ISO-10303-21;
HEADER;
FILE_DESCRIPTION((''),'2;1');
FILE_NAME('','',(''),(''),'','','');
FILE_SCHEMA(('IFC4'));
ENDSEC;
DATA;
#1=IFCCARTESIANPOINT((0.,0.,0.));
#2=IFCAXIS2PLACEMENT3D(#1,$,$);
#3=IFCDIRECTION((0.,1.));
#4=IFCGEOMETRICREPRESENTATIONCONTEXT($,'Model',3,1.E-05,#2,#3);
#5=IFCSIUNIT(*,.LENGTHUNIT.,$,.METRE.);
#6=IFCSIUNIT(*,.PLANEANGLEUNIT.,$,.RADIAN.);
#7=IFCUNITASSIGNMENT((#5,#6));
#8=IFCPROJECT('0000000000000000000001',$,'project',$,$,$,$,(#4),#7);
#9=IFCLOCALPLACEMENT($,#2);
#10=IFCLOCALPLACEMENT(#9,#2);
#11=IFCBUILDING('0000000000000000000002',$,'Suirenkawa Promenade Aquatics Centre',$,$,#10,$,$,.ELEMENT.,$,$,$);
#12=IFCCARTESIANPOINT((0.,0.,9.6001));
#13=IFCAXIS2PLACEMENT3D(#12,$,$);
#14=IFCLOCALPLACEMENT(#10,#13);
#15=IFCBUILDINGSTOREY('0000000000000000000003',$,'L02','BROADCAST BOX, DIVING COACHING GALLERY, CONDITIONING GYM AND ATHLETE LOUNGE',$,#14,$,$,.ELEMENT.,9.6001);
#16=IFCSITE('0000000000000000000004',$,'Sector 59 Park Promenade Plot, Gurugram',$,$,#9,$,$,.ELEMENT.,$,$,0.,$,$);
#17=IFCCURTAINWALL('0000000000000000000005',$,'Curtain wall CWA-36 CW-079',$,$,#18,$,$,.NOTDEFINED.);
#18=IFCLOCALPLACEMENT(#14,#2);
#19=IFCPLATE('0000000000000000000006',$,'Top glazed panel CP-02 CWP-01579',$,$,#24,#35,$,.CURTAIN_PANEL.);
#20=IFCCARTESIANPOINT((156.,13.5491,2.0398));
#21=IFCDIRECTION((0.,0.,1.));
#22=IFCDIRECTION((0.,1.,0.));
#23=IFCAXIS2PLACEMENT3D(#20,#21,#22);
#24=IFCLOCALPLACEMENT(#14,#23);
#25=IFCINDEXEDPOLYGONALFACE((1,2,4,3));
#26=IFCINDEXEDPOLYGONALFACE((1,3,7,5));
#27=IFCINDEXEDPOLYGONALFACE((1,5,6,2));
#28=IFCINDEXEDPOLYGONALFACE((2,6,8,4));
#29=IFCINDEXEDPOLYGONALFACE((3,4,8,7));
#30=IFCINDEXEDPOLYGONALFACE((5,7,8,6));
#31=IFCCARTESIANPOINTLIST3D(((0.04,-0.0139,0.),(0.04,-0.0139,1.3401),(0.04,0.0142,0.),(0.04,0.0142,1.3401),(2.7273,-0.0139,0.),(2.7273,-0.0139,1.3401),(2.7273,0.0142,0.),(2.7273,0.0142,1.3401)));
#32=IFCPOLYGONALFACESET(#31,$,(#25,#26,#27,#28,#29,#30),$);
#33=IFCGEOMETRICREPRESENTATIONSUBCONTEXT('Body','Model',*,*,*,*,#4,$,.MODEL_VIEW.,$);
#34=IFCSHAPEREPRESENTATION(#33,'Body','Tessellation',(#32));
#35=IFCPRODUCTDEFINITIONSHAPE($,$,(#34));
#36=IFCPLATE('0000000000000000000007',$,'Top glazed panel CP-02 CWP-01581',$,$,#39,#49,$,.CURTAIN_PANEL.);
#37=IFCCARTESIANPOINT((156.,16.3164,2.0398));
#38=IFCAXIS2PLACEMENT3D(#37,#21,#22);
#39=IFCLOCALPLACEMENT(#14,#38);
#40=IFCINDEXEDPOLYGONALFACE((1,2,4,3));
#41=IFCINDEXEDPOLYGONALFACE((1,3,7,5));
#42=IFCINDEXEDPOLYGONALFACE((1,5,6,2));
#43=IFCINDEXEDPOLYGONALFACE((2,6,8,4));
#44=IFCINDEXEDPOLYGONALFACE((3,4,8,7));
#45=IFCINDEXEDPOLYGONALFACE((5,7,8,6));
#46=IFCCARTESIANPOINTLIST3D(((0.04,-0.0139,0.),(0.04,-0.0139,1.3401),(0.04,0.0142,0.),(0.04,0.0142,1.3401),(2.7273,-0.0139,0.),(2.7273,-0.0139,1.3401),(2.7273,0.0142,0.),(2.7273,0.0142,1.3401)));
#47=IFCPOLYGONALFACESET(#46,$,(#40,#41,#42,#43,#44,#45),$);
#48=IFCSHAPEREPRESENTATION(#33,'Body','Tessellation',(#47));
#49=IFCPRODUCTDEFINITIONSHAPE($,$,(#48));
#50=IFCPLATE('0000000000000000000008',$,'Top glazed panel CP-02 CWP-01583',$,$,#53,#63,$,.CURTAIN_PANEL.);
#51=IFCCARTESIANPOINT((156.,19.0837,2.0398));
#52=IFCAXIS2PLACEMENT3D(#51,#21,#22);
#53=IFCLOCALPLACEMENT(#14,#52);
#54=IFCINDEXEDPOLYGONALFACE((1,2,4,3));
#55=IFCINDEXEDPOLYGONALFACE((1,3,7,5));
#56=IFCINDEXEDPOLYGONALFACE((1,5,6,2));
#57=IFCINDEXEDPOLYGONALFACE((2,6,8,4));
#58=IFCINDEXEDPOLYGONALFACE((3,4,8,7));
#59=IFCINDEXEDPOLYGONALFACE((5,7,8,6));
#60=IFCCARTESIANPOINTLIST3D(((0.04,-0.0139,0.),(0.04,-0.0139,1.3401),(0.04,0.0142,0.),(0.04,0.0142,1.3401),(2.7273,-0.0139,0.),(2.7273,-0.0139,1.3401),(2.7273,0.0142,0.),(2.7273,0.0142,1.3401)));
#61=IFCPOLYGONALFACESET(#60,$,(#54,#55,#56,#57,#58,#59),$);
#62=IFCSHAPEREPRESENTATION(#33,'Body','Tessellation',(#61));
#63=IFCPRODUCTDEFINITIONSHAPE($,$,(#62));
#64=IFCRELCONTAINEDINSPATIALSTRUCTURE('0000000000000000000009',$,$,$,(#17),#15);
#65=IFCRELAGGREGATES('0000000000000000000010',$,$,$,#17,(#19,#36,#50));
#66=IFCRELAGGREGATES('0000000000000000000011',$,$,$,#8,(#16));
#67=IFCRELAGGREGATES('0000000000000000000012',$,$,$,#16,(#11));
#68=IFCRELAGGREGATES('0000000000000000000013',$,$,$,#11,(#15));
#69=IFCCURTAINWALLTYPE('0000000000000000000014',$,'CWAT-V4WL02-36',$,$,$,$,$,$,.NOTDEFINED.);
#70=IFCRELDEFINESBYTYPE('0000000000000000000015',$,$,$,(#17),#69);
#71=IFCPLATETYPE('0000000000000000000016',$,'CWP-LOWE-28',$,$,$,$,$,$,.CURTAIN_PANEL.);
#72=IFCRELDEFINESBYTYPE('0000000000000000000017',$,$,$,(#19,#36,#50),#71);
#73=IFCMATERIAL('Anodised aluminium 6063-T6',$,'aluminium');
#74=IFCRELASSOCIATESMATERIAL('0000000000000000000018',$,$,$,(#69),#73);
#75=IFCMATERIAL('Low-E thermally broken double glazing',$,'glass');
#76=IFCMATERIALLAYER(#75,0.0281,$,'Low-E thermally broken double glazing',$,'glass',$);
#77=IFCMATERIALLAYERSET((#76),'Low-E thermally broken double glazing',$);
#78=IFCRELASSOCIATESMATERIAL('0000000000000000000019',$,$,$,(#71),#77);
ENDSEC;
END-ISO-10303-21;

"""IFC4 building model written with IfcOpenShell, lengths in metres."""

from ifc_helpers import new_model, si_unit, direction, frame, origin, place, context, subcontext, project, spatial, polyline, outline, extrude, material, layer, layer_set, type_object, element, aggregate, save


model = new_model("IFC4")

# Units and contexts
model_context = context("Model", 3, precision=1e-05, world=origin(), true_north=direction((0.0, 1.0)))
body_context = subcontext(model_context, "Body", "Model", "MODEL_VIEW")
ifc_project = project(units=[si_unit("LENGTHUNIT", "METRE"), si_unit("PLANEANGLEUNIT", "RADIAN")], contexts=[model_context])

# Site, building, storey
site_placement = place(None, origin())
site = spatial("IfcSite", under=ifc_project, at=site_placement, Name="Sector 59 Park Promenade Plot, Gurugram", CompositionType="ELEMENT", RefElevation=0.0)
building_placement = place(site_placement, origin())
building = spatial("IfcBuilding", under=site, at=building_placement, Name="Suirenkawa Promenade Aquatics Centre", CompositionType="ELEMENT")
storey_placement = place(building_placement, frame((0.0, 0.0, 9.6001)))
storey = spatial("IfcBuildingStorey", under=building, at=storey_placement, Name="L02", Description="BROADCAST BOX, DIVING COACHING GALLERY, CONDITIONING GYM AND ATHLETE LOUNGE", CompositionType="ELEMENT", Elevation=9.6001)

# Curtain wall
ifc_material_1 = material(Name="Anodised aluminium 6063-T6", Category="aluminium")
curtain_wall_type = type_object("IfcCurtainWallType", Name="CWAT-V4WL02-36", PredefinedType="NOTDEFINED", material=ifc_material_1)
curtain_wall_placement = place(storey_placement, origin())
curtain_wall = element("IfcCurtainWall", 1, at=curtain_wall_placement, inside=storey, type_object=curtain_wall_type, Name="Curtain wall CWA-36 CW-079", PredefinedType="NOTDEFINED")

# Plates
ifc_material_2 = material(Name="Low-E thermally broken double glazing", Category="glass")
ifc_layer_1 = layer(ifc_material_2, 0.0281, Name="Low-E thermally broken double glazing", Category="glass")
ifc_layer_set_1 = layer_set([ifc_layer_1], Name="Low-E thermally broken double glazing")
plate_type = type_object("IfcPlateType", Name="CWP-LOWE-28", PredefinedType="CURTAIN_PANEL", material=ifc_layer_set_1)
plate_1_placement = place(storey_placement, frame((156.0, 13.5491, 2.0398), z_axis=(0.0, 0.0, 1.0), x_axis=(0.0, 1.0, 0.0)))
plate_1 = element("IfcPlate", 2, at=plate_1_placement, type_object=plate_type, Name="Top glazed panel CP-02 CWP-01579", PredefinedType="CURTAIN_PANEL", context=body_context, shape_type="SweptSolid", body=[
    extrude(outline(polyline([(0.04, 0.0), (2.7273, 0.0), (2.7273, 1.3401), (0.04, 1.3401), (0.04, 0.0)])), frame((0.0, 0.0142, 0.0), z_axis=(0.0, -1.0, 0.0), x_axis=(1.0, 0.0, 0.0)), (0.0, 0.0, 1.0), 0.0281),
])
plate_2_placement = place(storey_placement, frame((156.0, 16.3164, 2.0398), z_axis=(0.0, 0.0, 1.0), x_axis=(0.0, 1.0, 0.0)))
plate_2 = element("IfcPlate", 3, at=plate_2_placement, type_object=plate_type, Name="Top glazed panel CP-02 CWP-01581", PredefinedType="CURTAIN_PANEL", context=body_context, shape_type="SweptSolid", body=[
    extrude(outline(polyline([(0.04, 0.0), (2.7273, 0.0), (2.7273, 1.3401), (0.04, 1.3401), (0.04, 0.0)])), frame((0.0, 0.0142, 0.0), z_axis=(0.0, -1.0, 0.0), x_axis=(1.0, 0.0, 0.0)), (0.0, 0.0, 1.0), 0.0281),
])
plate_3_placement = place(storey_placement, frame((156.0, 19.0837, 2.0398), z_axis=(0.0, 0.0, 1.0), x_axis=(0.0, 1.0, 0.0)))
plate_3 = element("IfcPlate", 4, at=plate_3_placement, type_object=plate_type, Name="Top glazed panel CP-02 CWP-01583", PredefinedType="CURTAIN_PANEL", context=body_context, shape_type="SweptSolid", body=[
    extrude(outline(polyline([(0.04, 0.0), (2.7273, 0.0), (2.7273, 1.3401), (0.04, 1.3401), (0.04, 0.0)])), frame((0.0, 0.0142, 0.0), z_axis=(0.0, -1.0, 0.0), x_axis=(1.0, 0.0, 0.0)), (0.0, 0.0, 1.0), 0.0281),
])
aggregate(curtain_wall, [plate_1, plate_2, plate_3])

save(model, "model.ifc")
